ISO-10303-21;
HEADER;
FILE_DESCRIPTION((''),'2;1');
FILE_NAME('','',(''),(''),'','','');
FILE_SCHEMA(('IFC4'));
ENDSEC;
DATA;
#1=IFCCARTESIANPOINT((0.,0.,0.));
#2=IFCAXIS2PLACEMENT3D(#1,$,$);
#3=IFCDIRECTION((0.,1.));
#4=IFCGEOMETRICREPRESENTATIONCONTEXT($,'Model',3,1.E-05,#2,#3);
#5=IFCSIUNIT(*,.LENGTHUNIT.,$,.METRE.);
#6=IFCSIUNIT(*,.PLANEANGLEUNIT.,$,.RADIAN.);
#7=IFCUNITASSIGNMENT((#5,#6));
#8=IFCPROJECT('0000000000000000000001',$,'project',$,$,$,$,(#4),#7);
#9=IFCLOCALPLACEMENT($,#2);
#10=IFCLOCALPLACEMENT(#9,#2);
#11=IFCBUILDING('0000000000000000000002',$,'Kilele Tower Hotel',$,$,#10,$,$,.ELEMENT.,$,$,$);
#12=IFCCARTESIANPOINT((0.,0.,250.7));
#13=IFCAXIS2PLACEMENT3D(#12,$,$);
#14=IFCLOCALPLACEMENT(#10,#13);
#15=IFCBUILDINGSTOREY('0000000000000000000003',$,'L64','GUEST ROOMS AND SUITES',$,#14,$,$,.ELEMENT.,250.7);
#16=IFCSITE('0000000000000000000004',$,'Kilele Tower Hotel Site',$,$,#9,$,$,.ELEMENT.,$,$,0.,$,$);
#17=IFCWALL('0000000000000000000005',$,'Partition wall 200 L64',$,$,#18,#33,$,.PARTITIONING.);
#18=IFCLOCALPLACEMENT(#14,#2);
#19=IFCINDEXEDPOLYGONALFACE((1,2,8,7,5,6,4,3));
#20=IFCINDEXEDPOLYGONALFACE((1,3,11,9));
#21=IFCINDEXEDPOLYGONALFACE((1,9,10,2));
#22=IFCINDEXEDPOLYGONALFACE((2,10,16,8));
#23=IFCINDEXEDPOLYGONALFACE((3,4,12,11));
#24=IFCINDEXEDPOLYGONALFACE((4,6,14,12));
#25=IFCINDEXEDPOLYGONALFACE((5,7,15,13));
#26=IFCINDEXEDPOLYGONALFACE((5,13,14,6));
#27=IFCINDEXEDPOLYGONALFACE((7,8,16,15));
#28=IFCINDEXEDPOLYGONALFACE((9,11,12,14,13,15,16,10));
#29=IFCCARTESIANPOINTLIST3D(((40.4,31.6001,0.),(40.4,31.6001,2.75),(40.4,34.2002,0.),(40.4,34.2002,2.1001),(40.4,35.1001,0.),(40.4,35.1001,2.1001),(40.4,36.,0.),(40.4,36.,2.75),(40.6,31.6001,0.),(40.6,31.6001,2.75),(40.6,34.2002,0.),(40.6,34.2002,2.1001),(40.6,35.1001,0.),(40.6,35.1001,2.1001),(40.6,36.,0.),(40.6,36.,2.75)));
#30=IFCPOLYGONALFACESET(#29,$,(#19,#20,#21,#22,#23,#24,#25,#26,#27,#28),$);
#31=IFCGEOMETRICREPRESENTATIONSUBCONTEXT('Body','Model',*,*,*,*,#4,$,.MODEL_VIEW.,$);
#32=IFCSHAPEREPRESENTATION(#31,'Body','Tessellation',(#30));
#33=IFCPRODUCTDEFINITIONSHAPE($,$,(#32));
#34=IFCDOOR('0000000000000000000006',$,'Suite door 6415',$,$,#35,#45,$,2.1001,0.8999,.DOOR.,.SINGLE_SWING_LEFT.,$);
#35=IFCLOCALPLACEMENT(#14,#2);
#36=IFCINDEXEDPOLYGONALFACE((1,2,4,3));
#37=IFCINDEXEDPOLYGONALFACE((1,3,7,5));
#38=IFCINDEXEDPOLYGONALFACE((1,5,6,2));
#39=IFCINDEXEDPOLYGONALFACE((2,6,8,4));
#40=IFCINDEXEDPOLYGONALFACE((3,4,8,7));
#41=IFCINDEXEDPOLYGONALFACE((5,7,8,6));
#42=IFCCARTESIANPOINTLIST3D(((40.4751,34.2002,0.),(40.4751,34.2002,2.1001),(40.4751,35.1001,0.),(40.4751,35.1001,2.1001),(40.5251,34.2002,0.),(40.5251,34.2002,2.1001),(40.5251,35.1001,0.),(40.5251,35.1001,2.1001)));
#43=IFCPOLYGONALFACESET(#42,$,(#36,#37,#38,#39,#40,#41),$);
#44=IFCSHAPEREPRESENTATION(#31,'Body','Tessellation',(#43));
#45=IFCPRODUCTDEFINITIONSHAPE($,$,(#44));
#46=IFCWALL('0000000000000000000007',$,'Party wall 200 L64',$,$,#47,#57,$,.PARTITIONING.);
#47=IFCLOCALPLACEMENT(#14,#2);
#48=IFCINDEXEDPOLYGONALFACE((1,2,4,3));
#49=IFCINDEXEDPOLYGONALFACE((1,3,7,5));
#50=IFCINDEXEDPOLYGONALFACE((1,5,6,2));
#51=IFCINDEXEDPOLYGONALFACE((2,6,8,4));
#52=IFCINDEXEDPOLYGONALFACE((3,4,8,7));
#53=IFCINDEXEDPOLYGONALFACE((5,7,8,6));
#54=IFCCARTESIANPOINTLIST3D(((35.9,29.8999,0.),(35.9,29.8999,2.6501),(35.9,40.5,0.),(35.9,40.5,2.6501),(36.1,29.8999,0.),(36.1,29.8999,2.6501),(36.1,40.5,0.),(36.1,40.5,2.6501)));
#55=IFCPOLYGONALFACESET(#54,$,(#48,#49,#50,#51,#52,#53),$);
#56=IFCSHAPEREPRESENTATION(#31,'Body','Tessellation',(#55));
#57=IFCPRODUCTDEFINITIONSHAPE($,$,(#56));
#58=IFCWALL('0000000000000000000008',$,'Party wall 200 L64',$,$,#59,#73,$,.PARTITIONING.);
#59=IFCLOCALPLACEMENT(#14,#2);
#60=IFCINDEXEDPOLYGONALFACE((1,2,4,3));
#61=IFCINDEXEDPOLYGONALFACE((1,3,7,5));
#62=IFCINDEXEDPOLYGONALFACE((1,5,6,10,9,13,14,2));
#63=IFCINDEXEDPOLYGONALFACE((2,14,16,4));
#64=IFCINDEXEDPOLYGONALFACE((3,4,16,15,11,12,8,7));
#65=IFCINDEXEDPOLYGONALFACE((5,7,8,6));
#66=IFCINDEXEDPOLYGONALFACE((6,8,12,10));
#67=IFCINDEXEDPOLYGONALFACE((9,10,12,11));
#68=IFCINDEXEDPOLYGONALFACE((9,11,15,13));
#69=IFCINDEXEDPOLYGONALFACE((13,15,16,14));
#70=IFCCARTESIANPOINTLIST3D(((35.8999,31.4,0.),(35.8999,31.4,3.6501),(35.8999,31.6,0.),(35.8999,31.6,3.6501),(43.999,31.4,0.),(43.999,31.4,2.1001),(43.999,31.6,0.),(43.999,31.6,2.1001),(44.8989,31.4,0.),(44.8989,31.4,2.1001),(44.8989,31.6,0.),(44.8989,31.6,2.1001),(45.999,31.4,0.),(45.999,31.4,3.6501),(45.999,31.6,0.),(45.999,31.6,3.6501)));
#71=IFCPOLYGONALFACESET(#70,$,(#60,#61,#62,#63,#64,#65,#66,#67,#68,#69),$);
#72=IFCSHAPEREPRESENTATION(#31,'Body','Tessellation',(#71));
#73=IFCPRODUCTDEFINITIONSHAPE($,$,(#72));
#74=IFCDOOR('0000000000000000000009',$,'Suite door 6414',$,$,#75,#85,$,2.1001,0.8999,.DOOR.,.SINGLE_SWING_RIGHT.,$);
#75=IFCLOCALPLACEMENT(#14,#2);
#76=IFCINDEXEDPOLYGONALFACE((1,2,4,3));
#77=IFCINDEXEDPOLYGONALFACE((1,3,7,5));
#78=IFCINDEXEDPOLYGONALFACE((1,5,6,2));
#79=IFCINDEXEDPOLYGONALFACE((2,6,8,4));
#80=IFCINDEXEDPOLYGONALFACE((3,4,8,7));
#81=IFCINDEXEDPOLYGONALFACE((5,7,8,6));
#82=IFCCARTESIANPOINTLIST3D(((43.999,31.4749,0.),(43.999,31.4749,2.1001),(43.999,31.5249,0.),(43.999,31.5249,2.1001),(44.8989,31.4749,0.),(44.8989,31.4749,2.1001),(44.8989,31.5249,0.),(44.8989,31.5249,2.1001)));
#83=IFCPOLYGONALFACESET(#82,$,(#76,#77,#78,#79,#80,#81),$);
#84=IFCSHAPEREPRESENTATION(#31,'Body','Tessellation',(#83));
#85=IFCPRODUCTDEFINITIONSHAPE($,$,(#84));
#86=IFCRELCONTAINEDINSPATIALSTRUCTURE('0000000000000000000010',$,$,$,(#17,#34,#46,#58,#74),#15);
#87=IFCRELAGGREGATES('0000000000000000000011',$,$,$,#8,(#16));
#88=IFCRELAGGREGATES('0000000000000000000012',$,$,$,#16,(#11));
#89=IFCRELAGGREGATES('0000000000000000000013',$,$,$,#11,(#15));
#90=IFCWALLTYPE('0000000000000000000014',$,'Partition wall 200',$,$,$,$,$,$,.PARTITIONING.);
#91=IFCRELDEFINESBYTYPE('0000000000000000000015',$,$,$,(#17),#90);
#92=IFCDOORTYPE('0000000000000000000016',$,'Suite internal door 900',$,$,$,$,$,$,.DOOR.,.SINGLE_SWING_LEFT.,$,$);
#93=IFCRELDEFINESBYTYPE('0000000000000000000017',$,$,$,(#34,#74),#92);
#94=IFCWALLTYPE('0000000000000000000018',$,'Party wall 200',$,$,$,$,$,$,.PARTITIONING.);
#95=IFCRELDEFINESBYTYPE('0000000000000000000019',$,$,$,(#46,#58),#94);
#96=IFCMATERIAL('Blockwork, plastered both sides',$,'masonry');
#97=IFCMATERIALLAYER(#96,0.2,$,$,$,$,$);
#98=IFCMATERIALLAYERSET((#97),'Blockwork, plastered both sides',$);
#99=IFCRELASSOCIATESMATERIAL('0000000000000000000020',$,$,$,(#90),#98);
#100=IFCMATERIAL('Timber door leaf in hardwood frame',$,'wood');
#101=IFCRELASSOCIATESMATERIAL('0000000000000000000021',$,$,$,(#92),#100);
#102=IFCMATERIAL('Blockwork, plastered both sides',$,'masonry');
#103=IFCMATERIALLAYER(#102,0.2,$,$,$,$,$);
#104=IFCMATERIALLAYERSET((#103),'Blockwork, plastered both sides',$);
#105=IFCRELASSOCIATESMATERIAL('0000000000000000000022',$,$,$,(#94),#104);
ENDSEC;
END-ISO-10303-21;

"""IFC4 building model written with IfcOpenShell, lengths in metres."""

from ifc_helpers import new_model, si_unit, direction, frame, frame_2d, origin, place, context, subcontext, project, spatial, rectangle, extrude, material, layer, layer_set, type_object, element, fill, save


model = new_model("IFC4")

# Units and contexts
model_context = context("Model", 3, precision=1e-05, world=origin(), true_north=direction((0.0, 1.0)))
body_context = subcontext(model_context, "Body", "Model", "MODEL_VIEW")
ifc_project = project(units=[si_unit("LENGTHUNIT", "METRE"), si_unit("PLANEANGLEUNIT", "RADIAN")], contexts=[model_context])

# Site, building, storey
site_placement = place(None, origin())
site = spatial("IfcSite", under=ifc_project, at=site_placement, Name="Kilele Tower Hotel Site", CompositionType="ELEMENT", RefElevation=0.0)
building_placement = place(site_placement, origin())
building = spatial("IfcBuilding", under=site, at=building_placement, Name="Kilele Tower Hotel", CompositionType="ELEMENT")
storey_placement = place(building_placement, frame((0.0, 0.0, 250.7)))
storey = spatial("IfcBuildingStorey", under=building, at=storey_placement, Name="L64", Description="GUEST ROOMS AND SUITES", CompositionType="ELEMENT", Elevation=250.7)

# Wall, opening, door
ifc_material_1 = material(Name="Blockwork, plastered both sides", Category="masonry")
ifc_layer_1 = layer(ifc_material_1, 0.2)
ifc_layer_set_1 = layer_set([ifc_layer_1], Name="Blockwork, plastered both sides")
wall_type_1 = type_object("IfcWallType", Name="Partition wall 200", PredefinedType="PARTITIONING", material=ifc_layer_set_1)
wall_1_placement = place(storey_placement, frame((40.5, 31.6001, 0.0), z_axis=(0.0, 0.0, 1.0), x_axis=(0.0, 1.0, 0.0)))
wall_1 = element("IfcWall", 1, at=wall_1_placement, inside=storey, type_object=wall_type_1, Name="Partition wall 200 L64", PredefinedType="PARTITIONING", context=body_context, shape_type="SweptSolid", body=[
    extrude(rectangle(XDim=4.3999, YDim=0.2, at=frame_2d((2.2, 0.0))), origin(), (0.0, 0.0, 1.0), 2.75),
])
opening_1_placement = place(wall_1_placement, frame((2.6001, 0.0, 0.0)))
opening_1 = element("IfcOpeningElement", 2, at=opening_1_placement, cuts=wall_1, PredefinedType="OPENING", context=body_context, shape_type="SweptSolid", body=[
    extrude(rectangle(XDim=0.8999, YDim=2.1001, at=frame_2d((0.45, 1.05))), frame((0.0, 0.1099, 0.0), z_axis=(0.0, -1.0, 0.0), x_axis=(1.0, 0.0, 0.0)), (0.0, 0.0, 1.0), 0.22),
])
ifc_material_2 = material(Name="Timber door leaf in hardwood frame", Category="wood")
door_type_1 = type_object("IfcDoorType", Name="Suite internal door 900", OperationType="SINGLE_SWING_LEFT", PredefinedType="DOOR", material=ifc_material_2)
door_1_placement = place(opening_1_placement, origin())
door_1 = element("IfcDoor", 3, at=door_1_placement, inside=storey, type_object=door_type_1, Name="Suite door 6415", OperationType="SINGLE_SWING_LEFT", OverallHeight=2.1001, OverallWidth=0.8999, PredefinedType="DOOR", context=body_context, shape_type="SweptSolid", body=[
    extrude(rectangle(XDim=0.8999, YDim=2.1001, at=frame_2d((0.45, 1.05))), frame((0.0, 0.0249, 0.0), z_axis=(0.0, -1.0, 0.0), x_axis=(1.0, 0.0, 0.0)), (0.0, 0.0, 1.0), 0.05),
])
fill(opening_1, door_1)

# Wall
ifc_material_3 = material(Name="Blockwork, plastered both sides", Category="masonry")
ifc_layer_2 = layer(ifc_material_3, 0.2)
ifc_layer_set_2 = layer_set([ifc_layer_2], Name="Blockwork, plastered both sides")
wall_type_2 = type_object("IfcWallType", Name="Party wall 200", PredefinedType="PARTITIONING", material=ifc_layer_set_2)
wall_2_placement = place(storey_placement, frame((36.0, 29.8999, 0.0), z_axis=(0.0, 0.0, 1.0), x_axis=(0.0, 1.0, 0.0)))
element("IfcWall", 4, at=wall_2_placement, inside=storey, type_object=wall_type_2, Name="Party wall 200 L64", PredefinedType="PARTITIONING", context=body_context, shape_type="SweptSolid", body=[
    extrude(rectangle(XDim=10.6001, YDim=0.2, at=frame_2d((5.3, 0.0))), origin(), (0.0, 0.0, 1.0), 2.6501),
])

# Wall, opening, door
wall_3_placement = place(storey_placement, frame((35.8999, 31.5, 0.0), z_axis=(0.0, 0.0, 1.0), x_axis=(1.0, 0.0, 0.0)))
wall_3 = element("IfcWall", 5, at=wall_3_placement, inside=storey, type_object=wall_type_2, Name="Party wall 200 L64", PredefinedType="PARTITIONING", context=body_context, shape_type="SweptSolid", body=[
    extrude(rectangle(XDim=10.0991, YDim=0.2, at=frame_2d((5.0496, 0.0))), origin(), (0.0, 0.0, 1.0), 3.6501),
])
opening_2_placement = place(wall_3_placement, frame((8.0991, 0.0, 0.0)))
opening_2 = element("IfcOpeningElement", 6, at=opening_2_placement, cuts=wall_3, PredefinedType="OPENING", context=body_context, shape_type="SweptSolid", body=[
    extrude(rectangle(XDim=0.8999, YDim=2.1001, at=frame_2d((0.45, 1.05))), frame((0.0, 0.1099, 0.0), z_axis=(0.0, -1.0, 0.0), x_axis=(1.0, 0.0, 0.0)), (0.0, 0.0, 1.0), 0.22),
])
door_2_placement = place(opening_2_placement, origin())
door_2 = element("IfcDoor", 7, at=door_2_placement, inside=storey, type_object=door_type_1, Name="Suite door 6414", OperationType="SINGLE_SWING_RIGHT", OverallHeight=2.1001, OverallWidth=0.8999, PredefinedType="DOOR", context=body_context, shape_type="SweptSolid", body=[
    extrude(rectangle(XDim=0.8999, YDim=2.1001, at=frame_2d((0.45, 1.05))), frame((0.0, 0.0249, 0.0), z_axis=(0.0, -1.0, 0.0), x_axis=(1.0, 0.0, 0.0)), (0.0, 0.0, 1.0), 0.05),
])
fill(opening_2, door_2)

save(model, "model.ifc")
